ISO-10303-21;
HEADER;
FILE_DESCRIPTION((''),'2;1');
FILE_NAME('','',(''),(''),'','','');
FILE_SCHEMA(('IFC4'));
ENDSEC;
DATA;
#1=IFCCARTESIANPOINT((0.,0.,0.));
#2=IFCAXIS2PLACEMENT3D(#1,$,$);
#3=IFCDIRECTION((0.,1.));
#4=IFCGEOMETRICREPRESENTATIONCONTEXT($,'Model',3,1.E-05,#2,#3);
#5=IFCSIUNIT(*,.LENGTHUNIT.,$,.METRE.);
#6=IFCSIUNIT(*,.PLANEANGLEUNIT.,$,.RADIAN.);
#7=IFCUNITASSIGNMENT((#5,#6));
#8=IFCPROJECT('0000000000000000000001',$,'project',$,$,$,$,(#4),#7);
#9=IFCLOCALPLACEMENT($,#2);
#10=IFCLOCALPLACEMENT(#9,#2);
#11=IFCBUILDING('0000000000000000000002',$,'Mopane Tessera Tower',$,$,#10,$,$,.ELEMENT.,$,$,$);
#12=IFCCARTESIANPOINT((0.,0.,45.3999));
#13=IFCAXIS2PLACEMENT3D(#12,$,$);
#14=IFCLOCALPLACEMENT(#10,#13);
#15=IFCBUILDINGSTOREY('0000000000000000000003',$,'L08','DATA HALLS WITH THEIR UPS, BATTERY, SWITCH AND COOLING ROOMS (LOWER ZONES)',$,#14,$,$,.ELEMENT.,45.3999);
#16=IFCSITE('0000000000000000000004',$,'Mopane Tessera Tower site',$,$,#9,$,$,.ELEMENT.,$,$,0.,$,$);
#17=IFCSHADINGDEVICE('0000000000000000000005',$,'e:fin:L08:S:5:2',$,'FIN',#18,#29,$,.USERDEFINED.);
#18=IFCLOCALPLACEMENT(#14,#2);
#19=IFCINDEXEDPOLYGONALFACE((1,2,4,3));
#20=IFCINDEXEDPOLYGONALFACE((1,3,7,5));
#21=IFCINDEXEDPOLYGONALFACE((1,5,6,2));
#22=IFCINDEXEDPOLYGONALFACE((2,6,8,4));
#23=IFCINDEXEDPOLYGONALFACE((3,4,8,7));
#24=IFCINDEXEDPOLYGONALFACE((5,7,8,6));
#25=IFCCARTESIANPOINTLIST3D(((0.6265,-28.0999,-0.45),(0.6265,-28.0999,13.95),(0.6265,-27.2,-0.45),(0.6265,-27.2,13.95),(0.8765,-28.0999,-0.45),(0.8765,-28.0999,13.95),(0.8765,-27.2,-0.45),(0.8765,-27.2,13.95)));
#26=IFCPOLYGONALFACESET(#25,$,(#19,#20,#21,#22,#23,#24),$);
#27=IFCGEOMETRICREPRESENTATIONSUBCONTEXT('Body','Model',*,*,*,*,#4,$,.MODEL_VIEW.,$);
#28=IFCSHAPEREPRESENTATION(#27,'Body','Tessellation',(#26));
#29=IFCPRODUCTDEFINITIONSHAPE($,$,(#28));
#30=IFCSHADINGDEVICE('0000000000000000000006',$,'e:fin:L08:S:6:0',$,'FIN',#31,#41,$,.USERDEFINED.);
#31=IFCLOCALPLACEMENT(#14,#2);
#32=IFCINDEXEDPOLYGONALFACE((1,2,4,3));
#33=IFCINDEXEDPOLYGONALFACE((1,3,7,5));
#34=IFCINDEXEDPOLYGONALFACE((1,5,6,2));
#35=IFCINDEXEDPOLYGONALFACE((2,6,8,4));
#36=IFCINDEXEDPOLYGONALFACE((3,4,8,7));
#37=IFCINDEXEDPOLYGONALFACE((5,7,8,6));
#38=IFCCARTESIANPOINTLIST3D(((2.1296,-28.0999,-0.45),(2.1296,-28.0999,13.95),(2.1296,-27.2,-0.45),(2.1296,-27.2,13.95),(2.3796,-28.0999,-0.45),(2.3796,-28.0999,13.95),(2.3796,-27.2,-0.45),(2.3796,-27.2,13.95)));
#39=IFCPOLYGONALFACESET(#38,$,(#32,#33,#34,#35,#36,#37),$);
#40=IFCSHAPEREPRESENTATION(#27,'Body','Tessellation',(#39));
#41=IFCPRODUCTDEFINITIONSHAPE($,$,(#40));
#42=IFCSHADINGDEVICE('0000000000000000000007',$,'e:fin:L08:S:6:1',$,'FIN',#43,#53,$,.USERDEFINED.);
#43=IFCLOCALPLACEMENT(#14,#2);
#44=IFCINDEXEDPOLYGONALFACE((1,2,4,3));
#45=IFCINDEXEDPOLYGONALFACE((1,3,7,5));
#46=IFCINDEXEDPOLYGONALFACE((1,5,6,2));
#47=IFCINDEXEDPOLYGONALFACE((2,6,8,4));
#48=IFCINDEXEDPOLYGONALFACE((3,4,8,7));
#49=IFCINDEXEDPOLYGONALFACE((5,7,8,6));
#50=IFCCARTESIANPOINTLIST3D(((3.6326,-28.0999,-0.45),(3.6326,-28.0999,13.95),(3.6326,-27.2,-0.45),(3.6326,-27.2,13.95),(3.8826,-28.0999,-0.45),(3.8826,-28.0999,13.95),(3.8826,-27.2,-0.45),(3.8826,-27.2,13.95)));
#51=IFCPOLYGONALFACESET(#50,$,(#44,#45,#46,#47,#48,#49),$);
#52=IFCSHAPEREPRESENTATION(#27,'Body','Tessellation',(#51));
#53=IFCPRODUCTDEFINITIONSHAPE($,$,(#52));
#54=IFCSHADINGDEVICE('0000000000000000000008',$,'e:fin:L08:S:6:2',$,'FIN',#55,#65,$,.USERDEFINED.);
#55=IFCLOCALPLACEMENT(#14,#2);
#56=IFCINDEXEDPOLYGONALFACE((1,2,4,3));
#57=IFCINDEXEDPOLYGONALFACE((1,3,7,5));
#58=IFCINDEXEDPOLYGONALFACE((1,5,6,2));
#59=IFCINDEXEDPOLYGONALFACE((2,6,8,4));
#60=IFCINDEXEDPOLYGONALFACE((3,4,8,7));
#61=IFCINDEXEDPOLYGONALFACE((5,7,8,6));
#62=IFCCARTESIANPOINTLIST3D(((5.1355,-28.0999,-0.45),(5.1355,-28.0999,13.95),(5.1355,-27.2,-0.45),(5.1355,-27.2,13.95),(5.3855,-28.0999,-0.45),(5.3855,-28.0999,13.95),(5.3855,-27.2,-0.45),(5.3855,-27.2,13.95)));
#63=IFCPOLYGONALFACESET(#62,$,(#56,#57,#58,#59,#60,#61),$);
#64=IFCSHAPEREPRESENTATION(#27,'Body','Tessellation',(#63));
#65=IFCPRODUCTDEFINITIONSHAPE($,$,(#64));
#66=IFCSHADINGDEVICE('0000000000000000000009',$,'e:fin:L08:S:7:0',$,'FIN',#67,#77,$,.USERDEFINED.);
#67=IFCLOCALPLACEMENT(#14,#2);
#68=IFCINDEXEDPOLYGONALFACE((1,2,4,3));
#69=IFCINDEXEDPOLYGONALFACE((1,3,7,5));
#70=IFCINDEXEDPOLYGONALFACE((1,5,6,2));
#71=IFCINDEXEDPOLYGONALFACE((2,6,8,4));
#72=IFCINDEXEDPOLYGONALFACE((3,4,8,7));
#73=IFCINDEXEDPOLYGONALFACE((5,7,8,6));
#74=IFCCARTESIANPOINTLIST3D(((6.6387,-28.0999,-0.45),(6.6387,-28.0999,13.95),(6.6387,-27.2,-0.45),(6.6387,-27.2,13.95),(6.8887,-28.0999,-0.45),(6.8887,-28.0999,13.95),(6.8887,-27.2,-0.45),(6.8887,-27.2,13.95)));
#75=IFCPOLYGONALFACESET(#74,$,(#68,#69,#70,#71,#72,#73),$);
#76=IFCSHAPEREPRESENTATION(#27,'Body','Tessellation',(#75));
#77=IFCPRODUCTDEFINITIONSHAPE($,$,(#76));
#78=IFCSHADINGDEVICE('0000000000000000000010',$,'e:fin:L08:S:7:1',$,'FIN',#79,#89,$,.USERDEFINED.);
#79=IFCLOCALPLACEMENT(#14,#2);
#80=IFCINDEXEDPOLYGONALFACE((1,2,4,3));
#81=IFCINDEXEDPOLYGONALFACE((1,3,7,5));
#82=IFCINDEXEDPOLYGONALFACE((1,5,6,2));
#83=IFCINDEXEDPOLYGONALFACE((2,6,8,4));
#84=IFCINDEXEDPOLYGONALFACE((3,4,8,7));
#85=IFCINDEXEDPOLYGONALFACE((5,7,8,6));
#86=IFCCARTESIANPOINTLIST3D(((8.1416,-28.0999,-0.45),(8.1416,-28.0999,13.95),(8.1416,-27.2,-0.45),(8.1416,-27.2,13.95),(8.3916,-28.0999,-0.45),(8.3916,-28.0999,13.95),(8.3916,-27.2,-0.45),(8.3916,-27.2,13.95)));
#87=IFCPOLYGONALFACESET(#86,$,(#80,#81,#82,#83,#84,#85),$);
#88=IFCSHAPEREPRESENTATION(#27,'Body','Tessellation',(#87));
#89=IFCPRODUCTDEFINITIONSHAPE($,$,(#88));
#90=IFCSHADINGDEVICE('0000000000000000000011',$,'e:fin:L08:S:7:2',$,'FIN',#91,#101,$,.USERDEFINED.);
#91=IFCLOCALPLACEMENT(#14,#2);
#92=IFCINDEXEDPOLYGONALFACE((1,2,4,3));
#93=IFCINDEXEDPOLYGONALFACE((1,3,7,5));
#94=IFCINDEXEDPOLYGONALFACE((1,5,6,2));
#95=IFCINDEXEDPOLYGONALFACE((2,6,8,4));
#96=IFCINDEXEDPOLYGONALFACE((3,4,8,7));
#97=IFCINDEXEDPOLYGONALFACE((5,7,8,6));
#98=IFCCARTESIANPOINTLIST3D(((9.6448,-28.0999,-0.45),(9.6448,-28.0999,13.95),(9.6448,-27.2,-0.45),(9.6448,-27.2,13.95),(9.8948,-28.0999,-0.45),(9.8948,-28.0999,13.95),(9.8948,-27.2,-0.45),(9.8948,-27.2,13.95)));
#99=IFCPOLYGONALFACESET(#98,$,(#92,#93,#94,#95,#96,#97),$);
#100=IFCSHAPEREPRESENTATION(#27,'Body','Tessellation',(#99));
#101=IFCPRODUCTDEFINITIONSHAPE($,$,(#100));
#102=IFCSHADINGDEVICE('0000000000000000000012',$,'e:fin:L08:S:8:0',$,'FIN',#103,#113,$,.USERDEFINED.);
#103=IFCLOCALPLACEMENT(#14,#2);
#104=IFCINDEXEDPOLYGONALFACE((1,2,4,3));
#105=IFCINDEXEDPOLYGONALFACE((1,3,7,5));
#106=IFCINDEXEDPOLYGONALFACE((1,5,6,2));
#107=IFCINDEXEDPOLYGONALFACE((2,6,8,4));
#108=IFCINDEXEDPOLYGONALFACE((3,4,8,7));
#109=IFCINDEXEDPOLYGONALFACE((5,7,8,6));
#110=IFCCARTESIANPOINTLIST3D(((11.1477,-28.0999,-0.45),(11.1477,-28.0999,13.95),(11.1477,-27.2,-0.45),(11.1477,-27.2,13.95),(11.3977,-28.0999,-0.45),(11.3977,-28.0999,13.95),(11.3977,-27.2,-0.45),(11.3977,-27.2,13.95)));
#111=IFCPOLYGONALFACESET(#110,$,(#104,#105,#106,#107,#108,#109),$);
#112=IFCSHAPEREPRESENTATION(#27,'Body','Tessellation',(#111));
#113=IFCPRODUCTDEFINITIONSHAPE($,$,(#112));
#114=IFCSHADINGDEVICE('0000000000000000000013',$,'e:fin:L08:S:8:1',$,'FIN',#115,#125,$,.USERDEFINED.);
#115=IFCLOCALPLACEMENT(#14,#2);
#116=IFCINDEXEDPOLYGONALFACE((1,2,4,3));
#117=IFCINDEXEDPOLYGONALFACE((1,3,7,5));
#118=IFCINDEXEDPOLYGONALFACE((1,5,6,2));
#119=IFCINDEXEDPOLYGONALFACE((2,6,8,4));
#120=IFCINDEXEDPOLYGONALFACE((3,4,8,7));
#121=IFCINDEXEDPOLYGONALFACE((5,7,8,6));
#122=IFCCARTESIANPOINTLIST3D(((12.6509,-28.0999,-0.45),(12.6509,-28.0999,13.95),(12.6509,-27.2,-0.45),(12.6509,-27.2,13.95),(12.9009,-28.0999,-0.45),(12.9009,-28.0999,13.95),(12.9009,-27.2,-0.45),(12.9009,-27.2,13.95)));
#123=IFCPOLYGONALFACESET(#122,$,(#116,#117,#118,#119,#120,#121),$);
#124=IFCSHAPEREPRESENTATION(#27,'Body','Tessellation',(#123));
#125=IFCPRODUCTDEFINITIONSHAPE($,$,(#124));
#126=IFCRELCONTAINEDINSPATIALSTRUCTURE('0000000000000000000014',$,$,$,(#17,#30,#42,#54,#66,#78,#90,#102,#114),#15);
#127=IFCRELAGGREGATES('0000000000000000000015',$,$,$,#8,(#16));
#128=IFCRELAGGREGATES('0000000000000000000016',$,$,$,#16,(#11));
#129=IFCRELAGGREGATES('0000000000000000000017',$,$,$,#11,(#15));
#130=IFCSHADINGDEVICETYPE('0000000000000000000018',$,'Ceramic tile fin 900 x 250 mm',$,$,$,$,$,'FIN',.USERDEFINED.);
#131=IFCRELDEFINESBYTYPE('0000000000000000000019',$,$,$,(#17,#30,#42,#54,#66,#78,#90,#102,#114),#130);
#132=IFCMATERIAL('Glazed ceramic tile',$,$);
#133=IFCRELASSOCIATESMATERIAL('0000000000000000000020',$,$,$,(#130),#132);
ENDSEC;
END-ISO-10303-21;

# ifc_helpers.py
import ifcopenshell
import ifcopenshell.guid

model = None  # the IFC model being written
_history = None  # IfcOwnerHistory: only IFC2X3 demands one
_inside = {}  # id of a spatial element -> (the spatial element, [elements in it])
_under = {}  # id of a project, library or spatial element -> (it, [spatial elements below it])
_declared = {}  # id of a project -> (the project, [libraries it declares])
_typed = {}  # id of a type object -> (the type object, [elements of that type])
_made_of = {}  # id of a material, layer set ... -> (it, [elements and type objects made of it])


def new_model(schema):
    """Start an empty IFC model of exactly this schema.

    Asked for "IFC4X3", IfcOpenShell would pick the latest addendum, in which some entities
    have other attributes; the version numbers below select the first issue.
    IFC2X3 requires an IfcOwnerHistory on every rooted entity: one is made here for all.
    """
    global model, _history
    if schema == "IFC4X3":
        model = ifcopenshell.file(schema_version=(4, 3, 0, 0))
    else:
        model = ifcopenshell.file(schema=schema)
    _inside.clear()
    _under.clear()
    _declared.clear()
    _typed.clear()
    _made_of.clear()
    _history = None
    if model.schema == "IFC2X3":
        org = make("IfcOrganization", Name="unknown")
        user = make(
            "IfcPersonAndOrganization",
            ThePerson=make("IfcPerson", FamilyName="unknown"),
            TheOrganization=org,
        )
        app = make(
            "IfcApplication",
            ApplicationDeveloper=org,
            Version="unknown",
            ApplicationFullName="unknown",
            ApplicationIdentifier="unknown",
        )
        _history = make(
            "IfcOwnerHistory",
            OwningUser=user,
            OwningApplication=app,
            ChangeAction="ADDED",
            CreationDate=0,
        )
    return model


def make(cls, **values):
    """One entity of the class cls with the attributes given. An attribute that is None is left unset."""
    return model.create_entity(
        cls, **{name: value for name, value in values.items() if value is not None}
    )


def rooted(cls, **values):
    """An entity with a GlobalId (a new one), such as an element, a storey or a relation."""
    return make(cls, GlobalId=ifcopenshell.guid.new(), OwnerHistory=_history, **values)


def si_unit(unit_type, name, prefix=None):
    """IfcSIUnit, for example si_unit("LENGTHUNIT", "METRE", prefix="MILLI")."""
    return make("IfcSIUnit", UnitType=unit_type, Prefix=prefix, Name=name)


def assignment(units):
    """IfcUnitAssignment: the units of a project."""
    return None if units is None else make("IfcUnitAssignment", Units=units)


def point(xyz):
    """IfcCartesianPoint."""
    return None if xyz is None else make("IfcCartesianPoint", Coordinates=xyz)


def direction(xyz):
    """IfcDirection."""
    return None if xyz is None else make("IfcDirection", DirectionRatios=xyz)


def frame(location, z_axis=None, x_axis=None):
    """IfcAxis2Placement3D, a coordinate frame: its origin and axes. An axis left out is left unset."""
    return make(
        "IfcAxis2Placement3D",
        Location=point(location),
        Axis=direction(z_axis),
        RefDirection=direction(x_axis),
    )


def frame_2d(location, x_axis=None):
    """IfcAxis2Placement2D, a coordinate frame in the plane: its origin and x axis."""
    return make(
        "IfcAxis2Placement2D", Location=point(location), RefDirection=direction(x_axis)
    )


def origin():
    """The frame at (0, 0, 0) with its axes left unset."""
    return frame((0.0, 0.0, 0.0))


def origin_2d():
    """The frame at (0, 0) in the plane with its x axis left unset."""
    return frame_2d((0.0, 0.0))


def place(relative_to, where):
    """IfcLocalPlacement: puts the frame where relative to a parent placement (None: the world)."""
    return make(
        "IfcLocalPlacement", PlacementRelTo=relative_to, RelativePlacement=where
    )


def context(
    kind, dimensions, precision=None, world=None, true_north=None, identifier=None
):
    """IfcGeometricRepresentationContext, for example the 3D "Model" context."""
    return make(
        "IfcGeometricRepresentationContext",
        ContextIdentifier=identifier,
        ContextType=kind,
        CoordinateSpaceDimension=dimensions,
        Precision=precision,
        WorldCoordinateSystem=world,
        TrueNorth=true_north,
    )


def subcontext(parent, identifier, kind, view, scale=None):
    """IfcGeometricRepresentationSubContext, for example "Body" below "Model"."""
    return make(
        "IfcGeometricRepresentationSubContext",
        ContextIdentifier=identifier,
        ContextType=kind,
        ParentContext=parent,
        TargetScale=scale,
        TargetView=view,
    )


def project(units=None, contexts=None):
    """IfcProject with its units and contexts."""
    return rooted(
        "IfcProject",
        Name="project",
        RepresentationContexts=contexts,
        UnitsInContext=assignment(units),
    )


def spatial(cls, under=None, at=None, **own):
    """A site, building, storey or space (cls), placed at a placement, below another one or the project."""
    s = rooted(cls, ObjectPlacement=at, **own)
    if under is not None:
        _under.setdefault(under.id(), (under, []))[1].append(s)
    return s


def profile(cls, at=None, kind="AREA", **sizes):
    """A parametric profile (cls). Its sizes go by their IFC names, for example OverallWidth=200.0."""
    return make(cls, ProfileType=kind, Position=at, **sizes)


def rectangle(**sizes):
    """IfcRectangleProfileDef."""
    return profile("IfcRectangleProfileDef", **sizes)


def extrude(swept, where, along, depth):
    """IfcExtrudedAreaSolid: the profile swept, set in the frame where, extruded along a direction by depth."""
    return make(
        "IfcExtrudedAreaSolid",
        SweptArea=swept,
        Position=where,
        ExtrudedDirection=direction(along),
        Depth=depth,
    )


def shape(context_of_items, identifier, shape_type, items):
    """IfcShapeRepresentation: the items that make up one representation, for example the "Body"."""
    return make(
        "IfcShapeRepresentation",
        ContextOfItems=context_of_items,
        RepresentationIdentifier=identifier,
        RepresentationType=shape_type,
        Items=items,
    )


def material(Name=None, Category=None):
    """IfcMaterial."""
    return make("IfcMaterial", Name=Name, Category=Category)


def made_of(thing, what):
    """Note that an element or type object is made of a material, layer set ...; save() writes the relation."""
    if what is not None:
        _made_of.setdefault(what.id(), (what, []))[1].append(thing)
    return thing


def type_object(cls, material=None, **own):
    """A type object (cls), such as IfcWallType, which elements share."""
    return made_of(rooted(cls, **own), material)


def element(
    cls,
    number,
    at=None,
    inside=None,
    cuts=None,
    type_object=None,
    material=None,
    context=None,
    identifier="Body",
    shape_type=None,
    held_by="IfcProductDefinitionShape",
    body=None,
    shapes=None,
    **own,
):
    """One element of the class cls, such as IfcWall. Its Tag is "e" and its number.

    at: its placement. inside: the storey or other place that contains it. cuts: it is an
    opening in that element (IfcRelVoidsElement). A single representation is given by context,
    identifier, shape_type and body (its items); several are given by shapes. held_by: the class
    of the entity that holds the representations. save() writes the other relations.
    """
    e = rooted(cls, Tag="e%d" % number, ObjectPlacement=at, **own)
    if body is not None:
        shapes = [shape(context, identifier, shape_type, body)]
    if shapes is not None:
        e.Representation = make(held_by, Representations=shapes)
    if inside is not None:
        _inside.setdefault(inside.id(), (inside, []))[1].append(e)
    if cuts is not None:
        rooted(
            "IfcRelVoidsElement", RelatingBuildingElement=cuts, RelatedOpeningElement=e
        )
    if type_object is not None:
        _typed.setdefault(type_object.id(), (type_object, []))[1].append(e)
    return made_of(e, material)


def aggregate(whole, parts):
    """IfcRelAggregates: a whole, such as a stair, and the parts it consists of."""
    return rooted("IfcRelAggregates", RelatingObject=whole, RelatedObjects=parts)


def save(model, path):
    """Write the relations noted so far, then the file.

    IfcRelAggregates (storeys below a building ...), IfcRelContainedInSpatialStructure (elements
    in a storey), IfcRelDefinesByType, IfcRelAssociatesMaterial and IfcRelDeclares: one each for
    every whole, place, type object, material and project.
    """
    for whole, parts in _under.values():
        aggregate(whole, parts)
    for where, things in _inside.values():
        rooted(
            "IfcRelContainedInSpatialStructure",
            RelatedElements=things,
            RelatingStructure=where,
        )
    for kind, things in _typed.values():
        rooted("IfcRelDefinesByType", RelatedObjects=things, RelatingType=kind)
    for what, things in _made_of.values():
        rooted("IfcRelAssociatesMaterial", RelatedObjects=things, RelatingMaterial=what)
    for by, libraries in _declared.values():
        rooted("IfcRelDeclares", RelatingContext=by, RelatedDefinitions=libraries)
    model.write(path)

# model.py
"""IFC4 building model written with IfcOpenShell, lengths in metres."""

from ifc_helpers import new_model, si_unit, direction, frame, origin, origin_2d, place, context, subcontext, project, spatial, rectangle, extrude, material, type_object, element, save


model = new_model("IFC4")

# Units and contexts
model_context = context("Model", 3, precision=1e-05, world=origin(), true_north=direction((0.0, 1.0)))
body_context = subcontext(model_context, "Body", "Model", "MODEL_VIEW")
ifc_project = project(units=[si_unit("LENGTHUNIT", "METRE"), si_unit("PLANEANGLEUNIT", "RADIAN")], contexts=[model_context])

# Site, building, storey
site_placement = place(None, origin())
site = spatial("IfcSite", under=ifc_project, at=site_placement, Name="Mopane Tessera Tower site", CompositionType="ELEMENT", RefElevation=0.0)
building_placement = place(site_placement, origin())
building = spatial("IfcBuilding", under=site, at=building_placement, Name="Mopane Tessera Tower", CompositionType="ELEMENT")
storey_placement = place(building_placement, frame((0.0, 0.0, 45.3999)))
storey = spatial("IfcBuildingStorey", under=building, at=storey_placement, Name="L08", Description="DATA HALLS WITH THEIR UPS, BATTERY, SWITCH AND COOLING ROOMS (LOWER ZONES)", CompositionType="ELEMENT", Elevation=45.3999)

# Shading devices
ifc_material_1 = material(Name="Glazed ceramic tile")
shading_device_type = type_object("IfcShadingDeviceType", Name="Ceramic tile fin 900 x 250 mm", ElementType="FIN", PredefinedType="USERDEFINED", material=ifc_material_1)
for number, where, z_axis, x_axis, name in (
    (1, (0.7515, -27.6499, -0.45), (0.0, 0.0, 1.0), (1.0, 0.0, 0.0), "e:fin:L08:S:5:2"),
    (2, (2.2546, -27.6499, -0.45), (0.0, 0.0, 1.0), (1.0, 0.0, 0.0), "e:fin:L08:S:6:0"),
    (3, (3.7576, -27.6499, -0.45), (0.0, 0.0, 1.0), (1.0, 0.0, 0.0), "e:fin:L08:S:6:1"),
    (4, (5.2605, -27.6499, -0.45), (0.0, 0.0, 1.0), (1.0, 0.0, 0.0), "e:fin:L08:S:6:2"),
    (5, (6.7637, -27.6499, -0.45), (0.0, 0.0, 1.0), (1.0, 0.0, 0.0), "e:fin:L08:S:7:0"),
    (6, (8.2666, -27.6499, -0.45), (0.0, 0.0, 1.0), (1.0, 0.0, 0.0), "e:fin:L08:S:7:1"),
    (7, (9.7698, -27.6499, -0.45), (0.0, 0.0, 1.0), (1.0, 0.0, 0.0), "e:fin:L08:S:7:2"),
    (8, (11.2727, -27.6499, -0.45), (0.0, 0.0, 1.0), (1.0, 0.0, 0.0), "e:fin:L08:S:8:0"),
    (9, (12.7759, -27.6499, -0.45), (0.0, 0.0, 1.0), (1.0, 0.0, 0.0), "e:fin:L08:S:8:1"),
):
    element("IfcShadingDevice", number, at=place(storey_placement, frame(where, z_axis=z_axis, x_axis=x_axis)), inside=storey, type_object=shading_device_type, Name=name, ObjectType="FIN", PredefinedType="USERDEFINED", context=body_context, shape_type="SweptSolid", body=[
        extrude(rectangle(XDim=0.25, YDim=0.8999, at=origin_2d()), origin(), (0.0, 0.0, 1.0), 14.3999),
    ])

save(model, "model.ifc")
